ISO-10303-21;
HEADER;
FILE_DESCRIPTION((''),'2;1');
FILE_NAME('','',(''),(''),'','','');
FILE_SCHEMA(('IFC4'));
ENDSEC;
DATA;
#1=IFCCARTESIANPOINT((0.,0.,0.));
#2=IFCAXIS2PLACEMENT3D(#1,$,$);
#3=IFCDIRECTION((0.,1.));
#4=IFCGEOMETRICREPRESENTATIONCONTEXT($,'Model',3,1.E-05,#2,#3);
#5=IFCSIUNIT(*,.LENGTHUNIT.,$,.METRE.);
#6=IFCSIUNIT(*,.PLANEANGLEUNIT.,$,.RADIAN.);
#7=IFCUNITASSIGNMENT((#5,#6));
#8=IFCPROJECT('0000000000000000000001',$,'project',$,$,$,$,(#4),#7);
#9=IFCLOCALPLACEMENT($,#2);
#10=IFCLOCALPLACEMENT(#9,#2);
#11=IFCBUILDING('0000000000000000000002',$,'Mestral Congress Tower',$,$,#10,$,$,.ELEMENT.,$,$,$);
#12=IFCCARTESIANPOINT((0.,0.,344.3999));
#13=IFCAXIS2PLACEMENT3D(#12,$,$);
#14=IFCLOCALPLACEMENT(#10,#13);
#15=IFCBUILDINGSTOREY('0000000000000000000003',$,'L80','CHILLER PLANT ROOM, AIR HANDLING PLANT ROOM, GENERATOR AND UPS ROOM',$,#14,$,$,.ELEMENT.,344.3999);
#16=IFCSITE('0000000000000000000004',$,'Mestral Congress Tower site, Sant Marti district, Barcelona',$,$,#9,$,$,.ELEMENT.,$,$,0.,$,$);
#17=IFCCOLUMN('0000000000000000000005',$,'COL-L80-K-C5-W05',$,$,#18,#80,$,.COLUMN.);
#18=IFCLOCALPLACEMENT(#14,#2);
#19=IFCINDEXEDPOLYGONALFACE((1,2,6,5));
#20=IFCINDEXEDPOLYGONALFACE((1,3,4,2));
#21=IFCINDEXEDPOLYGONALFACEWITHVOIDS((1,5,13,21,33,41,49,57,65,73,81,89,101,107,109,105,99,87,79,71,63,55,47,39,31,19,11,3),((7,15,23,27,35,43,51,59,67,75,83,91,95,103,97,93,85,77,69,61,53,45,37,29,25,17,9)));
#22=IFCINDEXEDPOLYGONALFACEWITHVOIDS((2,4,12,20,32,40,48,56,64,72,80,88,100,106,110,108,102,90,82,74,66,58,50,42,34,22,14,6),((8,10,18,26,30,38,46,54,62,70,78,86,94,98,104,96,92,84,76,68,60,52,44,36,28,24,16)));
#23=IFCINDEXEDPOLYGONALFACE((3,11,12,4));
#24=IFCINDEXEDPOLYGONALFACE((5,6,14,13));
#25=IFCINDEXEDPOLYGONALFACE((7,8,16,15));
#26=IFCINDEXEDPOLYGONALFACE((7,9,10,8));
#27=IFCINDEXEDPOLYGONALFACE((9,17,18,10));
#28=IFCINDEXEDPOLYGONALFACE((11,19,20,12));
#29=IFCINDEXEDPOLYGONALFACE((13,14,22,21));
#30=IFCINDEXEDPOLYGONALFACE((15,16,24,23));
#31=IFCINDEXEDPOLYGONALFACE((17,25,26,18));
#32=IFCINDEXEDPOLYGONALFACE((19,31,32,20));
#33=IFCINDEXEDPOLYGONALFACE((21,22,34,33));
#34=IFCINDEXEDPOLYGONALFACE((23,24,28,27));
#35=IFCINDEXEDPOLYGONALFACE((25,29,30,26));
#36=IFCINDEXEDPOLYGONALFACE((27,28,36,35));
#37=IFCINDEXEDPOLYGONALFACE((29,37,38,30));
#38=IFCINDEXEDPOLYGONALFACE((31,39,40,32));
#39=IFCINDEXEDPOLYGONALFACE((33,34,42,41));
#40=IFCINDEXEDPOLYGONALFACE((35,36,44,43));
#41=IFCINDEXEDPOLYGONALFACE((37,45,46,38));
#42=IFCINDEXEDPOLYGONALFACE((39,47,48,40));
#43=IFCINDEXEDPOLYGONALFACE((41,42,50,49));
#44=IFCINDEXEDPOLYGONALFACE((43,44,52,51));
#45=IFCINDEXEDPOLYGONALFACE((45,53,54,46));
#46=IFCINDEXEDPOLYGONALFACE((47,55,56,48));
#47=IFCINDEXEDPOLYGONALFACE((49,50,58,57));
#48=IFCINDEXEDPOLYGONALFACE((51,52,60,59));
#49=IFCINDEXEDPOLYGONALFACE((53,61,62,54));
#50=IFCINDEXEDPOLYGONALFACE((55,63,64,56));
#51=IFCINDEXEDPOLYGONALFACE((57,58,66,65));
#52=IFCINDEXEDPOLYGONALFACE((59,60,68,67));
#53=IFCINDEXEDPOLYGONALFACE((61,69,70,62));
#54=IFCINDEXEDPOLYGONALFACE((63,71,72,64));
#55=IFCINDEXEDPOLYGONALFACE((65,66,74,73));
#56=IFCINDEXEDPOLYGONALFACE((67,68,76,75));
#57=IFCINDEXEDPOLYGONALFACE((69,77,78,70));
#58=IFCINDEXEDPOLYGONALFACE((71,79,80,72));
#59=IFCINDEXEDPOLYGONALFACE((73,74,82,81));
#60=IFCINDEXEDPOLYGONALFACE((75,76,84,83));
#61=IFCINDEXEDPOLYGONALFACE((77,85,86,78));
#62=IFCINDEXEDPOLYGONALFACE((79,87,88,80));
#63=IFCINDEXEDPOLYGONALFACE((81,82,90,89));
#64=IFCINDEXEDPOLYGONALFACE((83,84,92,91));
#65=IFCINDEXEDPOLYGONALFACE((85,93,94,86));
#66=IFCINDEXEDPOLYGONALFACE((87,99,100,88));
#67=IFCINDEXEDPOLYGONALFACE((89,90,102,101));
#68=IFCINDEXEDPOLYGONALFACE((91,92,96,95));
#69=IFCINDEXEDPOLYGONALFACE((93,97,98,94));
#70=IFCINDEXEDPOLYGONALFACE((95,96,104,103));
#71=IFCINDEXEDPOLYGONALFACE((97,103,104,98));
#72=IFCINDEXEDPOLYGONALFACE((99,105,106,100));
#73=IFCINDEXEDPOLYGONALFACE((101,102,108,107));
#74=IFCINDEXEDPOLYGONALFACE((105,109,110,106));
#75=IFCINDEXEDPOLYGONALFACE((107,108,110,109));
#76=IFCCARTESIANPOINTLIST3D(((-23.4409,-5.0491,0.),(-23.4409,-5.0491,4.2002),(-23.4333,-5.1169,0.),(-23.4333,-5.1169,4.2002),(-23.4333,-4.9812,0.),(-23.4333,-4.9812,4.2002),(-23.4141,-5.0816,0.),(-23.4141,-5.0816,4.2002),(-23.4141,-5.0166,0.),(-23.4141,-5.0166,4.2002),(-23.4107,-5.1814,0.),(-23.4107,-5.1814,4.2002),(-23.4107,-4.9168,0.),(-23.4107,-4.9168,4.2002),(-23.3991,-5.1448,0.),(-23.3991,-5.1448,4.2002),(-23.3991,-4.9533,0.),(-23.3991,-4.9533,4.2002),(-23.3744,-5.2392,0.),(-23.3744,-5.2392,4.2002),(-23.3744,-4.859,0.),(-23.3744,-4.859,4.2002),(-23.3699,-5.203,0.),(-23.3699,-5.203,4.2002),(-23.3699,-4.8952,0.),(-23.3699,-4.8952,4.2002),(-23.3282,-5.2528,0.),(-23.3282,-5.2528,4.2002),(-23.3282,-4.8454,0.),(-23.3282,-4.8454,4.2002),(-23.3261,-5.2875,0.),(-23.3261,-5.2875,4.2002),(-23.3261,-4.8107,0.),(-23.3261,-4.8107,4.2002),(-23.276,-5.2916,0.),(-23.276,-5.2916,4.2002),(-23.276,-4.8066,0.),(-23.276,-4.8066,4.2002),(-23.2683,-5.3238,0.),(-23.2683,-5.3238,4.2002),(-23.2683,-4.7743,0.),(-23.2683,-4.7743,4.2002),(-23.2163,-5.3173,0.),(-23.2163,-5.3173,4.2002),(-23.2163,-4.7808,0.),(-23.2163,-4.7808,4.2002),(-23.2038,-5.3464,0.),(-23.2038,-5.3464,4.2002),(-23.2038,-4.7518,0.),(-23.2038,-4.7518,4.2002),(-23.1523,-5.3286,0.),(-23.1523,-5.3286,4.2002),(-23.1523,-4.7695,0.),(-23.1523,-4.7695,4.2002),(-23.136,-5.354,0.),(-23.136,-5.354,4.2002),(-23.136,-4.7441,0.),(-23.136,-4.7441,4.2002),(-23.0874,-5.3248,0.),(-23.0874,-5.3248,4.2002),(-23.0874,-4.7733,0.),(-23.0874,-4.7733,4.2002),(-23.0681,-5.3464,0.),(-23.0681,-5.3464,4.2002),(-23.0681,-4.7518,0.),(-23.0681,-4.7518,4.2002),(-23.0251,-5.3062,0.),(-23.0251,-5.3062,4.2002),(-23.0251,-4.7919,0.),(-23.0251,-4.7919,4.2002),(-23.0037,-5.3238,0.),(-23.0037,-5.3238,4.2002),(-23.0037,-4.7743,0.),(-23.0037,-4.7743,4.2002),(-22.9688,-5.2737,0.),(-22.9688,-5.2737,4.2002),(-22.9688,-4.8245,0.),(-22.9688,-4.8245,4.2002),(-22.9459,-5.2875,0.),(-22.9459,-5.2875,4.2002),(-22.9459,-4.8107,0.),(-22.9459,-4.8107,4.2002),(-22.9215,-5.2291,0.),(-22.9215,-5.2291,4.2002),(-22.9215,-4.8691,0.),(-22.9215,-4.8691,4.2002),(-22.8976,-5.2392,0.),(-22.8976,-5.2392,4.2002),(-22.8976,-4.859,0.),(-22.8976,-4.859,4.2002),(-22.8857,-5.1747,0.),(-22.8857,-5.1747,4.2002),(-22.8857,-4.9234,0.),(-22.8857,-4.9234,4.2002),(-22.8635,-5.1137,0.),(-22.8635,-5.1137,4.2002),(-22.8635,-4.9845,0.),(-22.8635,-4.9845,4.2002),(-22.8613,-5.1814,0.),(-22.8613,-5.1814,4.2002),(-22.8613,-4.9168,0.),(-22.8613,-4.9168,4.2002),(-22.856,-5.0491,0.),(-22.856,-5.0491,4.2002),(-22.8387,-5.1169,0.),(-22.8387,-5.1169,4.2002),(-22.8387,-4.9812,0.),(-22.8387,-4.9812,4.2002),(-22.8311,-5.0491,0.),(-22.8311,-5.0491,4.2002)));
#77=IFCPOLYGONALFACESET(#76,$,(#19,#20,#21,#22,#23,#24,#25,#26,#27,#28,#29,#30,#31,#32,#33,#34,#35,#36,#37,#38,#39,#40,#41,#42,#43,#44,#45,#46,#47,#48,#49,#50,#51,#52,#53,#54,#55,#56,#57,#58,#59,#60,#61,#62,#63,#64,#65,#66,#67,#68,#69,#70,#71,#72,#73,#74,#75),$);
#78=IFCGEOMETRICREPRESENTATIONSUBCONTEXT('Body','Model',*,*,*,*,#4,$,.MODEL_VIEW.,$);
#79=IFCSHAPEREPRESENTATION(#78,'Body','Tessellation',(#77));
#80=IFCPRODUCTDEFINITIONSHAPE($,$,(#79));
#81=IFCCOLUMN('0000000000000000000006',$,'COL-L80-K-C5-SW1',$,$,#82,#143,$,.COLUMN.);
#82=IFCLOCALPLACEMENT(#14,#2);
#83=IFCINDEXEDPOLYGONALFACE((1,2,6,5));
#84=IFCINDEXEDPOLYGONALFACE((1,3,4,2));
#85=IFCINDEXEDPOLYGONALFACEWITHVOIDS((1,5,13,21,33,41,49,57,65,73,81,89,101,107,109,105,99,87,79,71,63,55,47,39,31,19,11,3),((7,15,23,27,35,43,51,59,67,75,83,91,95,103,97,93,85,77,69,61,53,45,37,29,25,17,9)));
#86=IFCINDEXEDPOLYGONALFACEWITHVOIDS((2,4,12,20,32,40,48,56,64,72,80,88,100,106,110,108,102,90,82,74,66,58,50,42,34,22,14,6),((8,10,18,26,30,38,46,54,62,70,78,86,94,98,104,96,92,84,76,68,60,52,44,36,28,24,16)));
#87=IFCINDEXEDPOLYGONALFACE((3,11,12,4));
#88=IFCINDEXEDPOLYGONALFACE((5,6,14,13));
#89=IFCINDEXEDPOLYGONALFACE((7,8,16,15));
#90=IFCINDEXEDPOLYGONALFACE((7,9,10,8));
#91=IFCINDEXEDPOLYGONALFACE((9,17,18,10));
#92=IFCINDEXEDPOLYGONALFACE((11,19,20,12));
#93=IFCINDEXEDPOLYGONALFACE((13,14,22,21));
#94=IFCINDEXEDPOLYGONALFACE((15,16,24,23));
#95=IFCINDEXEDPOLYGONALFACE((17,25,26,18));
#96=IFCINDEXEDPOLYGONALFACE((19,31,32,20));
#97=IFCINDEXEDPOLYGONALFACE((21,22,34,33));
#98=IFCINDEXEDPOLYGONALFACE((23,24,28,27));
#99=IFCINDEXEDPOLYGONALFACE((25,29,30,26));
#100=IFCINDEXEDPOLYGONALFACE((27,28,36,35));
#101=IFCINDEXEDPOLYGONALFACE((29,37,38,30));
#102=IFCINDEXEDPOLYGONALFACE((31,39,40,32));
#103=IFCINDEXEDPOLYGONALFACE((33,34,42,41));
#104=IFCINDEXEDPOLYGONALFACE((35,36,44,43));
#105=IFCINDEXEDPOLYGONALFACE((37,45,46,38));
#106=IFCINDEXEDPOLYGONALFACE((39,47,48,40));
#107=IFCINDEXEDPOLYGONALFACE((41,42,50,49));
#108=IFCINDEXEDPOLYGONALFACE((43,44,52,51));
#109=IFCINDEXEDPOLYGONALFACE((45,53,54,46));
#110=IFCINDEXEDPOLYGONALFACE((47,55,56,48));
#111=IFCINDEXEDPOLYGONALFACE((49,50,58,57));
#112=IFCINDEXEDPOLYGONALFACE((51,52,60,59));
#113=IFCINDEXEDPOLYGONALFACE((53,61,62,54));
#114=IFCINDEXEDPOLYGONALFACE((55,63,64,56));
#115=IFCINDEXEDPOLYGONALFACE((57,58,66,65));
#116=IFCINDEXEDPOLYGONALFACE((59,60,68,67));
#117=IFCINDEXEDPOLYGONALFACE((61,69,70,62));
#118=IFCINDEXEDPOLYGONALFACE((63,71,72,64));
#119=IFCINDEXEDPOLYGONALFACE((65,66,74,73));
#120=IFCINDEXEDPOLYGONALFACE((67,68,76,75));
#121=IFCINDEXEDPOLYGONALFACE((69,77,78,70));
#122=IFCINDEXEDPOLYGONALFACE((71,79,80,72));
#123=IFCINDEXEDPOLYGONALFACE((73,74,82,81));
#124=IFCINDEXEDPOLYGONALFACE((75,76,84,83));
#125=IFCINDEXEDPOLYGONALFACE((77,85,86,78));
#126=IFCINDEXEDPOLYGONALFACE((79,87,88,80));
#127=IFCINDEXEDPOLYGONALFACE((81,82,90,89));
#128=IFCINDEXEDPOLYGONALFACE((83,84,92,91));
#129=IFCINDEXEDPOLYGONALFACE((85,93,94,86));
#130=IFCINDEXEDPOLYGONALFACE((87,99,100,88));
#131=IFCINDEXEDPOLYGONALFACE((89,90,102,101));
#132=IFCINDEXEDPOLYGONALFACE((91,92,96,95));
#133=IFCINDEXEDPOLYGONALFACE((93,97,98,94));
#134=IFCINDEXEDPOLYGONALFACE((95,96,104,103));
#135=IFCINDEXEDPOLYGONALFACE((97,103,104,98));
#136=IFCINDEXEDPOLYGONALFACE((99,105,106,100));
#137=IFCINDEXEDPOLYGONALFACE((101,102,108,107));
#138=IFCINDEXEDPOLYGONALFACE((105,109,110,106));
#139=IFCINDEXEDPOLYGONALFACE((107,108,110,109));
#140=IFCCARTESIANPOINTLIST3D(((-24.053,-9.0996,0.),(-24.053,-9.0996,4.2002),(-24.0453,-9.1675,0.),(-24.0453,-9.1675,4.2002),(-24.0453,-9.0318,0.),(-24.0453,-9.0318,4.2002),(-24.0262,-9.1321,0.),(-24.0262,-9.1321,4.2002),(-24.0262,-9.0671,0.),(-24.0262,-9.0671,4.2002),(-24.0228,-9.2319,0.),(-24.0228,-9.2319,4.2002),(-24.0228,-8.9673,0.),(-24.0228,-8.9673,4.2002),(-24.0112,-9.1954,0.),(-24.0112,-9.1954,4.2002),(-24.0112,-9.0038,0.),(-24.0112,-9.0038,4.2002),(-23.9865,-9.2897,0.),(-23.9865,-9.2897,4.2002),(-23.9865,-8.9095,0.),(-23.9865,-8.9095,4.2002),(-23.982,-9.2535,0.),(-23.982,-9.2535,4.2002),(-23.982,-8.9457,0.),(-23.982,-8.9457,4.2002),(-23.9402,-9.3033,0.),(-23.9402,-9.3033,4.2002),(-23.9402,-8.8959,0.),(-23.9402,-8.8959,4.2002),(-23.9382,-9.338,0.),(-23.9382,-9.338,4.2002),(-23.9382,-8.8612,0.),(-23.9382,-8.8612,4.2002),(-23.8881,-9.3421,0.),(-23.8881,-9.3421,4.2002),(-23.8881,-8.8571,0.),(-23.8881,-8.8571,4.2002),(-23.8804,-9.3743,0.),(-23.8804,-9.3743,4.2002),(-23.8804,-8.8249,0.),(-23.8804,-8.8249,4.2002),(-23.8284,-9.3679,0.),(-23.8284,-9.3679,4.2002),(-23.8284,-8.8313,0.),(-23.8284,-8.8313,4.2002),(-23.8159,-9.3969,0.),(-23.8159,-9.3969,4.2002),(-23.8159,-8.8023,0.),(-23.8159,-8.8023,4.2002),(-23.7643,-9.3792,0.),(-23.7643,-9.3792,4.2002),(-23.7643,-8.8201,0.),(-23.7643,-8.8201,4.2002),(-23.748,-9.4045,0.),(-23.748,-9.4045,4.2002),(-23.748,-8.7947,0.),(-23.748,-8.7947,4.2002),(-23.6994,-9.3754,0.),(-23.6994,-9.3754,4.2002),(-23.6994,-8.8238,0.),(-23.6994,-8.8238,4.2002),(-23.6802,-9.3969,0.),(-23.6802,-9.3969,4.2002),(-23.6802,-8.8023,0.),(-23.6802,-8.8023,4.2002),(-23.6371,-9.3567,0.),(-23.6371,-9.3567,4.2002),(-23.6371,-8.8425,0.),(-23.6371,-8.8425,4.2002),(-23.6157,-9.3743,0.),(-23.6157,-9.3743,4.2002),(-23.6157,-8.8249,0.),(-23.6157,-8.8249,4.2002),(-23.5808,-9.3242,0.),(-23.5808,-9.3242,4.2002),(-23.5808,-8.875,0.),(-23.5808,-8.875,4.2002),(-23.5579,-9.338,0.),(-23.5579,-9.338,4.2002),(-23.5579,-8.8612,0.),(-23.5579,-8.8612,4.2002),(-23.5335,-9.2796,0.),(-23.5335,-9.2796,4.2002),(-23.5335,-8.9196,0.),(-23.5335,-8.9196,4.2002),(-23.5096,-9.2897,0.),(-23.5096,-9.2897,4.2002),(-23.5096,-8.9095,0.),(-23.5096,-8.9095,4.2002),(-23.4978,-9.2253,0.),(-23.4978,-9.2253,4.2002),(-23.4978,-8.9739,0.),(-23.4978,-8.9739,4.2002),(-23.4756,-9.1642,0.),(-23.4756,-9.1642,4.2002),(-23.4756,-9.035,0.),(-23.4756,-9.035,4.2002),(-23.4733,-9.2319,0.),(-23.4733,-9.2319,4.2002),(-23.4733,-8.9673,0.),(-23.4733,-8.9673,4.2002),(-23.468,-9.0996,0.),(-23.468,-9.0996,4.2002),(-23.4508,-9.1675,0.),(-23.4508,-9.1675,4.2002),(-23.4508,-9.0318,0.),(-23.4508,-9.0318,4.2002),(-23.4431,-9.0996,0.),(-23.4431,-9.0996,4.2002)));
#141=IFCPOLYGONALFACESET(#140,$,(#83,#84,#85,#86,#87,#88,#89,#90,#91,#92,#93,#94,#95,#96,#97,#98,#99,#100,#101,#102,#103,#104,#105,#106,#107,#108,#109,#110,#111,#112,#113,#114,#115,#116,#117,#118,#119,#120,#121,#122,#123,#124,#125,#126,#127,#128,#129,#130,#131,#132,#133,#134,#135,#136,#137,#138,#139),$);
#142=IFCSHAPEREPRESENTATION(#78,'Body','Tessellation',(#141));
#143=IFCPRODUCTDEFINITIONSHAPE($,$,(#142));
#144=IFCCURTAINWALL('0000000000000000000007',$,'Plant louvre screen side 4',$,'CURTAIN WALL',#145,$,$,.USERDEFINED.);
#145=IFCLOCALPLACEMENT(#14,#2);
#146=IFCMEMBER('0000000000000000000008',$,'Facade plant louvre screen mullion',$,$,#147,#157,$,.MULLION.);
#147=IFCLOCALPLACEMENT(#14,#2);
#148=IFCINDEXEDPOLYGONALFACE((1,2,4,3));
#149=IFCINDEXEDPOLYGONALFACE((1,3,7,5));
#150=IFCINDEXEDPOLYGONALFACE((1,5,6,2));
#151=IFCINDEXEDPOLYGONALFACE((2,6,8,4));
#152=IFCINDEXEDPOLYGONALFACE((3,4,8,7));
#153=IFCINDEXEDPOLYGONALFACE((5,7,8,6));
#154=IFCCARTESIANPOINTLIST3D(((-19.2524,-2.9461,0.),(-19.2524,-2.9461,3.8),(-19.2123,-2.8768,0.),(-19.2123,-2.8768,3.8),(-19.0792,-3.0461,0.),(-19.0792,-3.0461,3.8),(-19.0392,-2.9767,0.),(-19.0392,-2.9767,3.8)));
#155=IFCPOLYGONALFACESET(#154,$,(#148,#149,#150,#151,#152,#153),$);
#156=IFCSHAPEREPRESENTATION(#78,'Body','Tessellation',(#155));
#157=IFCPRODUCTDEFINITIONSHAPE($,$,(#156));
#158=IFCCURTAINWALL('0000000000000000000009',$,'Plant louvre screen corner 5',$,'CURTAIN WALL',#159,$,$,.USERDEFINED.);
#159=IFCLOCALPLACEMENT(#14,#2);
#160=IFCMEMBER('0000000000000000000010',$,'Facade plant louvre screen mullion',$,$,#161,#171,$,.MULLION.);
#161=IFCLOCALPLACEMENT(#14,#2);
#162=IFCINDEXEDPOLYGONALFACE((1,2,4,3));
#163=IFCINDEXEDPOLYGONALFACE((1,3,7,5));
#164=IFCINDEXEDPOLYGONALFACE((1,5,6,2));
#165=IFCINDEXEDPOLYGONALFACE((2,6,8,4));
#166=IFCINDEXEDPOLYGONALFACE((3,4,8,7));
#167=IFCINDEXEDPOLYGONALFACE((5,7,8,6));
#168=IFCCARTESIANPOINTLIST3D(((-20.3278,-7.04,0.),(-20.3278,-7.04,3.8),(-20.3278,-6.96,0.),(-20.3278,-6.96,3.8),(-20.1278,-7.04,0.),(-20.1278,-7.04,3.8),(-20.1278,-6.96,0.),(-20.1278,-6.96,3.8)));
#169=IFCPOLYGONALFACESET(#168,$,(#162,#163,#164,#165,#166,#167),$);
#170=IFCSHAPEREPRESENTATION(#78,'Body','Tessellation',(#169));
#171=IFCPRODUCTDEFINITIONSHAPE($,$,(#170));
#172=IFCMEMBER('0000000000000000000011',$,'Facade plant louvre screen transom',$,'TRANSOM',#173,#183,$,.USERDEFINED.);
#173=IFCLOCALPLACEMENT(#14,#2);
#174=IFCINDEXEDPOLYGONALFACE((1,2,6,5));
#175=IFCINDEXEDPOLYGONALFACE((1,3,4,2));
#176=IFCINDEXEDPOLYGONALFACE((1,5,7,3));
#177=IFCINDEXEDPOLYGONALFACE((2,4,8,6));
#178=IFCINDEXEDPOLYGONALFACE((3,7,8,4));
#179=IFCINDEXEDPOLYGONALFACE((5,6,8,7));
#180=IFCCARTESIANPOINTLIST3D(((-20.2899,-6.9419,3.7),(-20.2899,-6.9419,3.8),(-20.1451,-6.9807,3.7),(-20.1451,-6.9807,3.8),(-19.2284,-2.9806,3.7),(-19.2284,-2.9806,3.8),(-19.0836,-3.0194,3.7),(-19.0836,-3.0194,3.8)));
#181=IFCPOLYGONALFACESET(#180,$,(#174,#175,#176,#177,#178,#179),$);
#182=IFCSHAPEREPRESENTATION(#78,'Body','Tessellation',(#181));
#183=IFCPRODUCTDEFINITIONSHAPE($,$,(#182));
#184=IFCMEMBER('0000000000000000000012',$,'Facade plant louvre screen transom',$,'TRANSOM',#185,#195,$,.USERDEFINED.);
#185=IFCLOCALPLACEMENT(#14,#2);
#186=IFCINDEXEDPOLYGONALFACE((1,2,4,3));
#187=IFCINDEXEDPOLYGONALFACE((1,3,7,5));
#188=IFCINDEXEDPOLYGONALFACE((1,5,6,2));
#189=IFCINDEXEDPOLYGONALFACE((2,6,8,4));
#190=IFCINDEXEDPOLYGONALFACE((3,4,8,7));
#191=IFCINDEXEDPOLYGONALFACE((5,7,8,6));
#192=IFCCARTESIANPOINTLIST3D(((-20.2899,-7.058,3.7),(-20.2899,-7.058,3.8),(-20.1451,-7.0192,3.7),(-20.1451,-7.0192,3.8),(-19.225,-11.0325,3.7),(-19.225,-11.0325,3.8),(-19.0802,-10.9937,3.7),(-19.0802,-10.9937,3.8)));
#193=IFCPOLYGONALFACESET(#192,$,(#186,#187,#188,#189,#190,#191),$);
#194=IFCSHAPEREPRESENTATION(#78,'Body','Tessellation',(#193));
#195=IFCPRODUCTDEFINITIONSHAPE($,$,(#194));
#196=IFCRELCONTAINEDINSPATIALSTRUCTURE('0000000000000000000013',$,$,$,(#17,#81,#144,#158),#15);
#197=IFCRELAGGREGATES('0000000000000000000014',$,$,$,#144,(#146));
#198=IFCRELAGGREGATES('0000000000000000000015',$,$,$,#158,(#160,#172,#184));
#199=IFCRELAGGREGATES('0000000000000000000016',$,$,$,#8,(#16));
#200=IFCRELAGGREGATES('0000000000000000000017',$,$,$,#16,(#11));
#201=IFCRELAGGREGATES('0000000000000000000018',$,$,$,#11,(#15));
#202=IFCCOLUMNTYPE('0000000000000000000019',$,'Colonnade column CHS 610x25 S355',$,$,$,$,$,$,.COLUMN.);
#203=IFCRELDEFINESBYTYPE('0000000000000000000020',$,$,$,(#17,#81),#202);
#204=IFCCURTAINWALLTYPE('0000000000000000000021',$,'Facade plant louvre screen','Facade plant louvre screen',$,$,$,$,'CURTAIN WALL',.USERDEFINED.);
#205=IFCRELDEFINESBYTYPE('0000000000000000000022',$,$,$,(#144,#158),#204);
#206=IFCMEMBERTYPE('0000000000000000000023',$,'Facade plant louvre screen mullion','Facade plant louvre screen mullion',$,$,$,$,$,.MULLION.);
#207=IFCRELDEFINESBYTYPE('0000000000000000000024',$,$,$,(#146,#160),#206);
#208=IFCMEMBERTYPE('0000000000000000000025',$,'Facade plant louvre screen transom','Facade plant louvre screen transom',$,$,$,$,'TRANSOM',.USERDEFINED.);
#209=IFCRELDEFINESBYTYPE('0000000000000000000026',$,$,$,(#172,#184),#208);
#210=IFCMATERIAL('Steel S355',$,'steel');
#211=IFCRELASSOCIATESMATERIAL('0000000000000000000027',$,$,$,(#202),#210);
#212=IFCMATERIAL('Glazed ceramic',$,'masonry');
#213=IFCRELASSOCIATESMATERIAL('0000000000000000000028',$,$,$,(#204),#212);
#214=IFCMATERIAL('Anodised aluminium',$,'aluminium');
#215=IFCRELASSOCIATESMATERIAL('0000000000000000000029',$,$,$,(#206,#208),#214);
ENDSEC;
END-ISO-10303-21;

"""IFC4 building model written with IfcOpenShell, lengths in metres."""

from ifc_helpers import new_model, si_unit, direction, frame, origin, origin_2d, place, context, subcontext, project, spatial, rectangle, hollow_circle, extrude, material, material_profile, profile_set, type_object, element, aggregate, save


model = new_model("IFC4")

# Units and contexts
model_context = context("Model", 3, precision=1e-05, world=origin(), true_north=direction((0.0, 1.0)))
body_context = subcontext(model_context, "Body", "Model", "MODEL_VIEW")
ifc_project = project(units=[si_unit("LENGTHUNIT", "METRE"), si_unit("PLANEANGLEUNIT", "RADIAN")], contexts=[model_context])

# Site, building, storey
site_placement = place(None, origin())
site = spatial("IfcSite", under=ifc_project, at=site_placement, Name="Mestral Congress Tower site, Sant Marti district, Barcelona", CompositionType="ELEMENT", RefElevation=0.0)
building_placement = place(site_placement, origin())
building = spatial("IfcBuilding", under=site, at=building_placement, Name="Mestral Congress Tower", CompositionType="ELEMENT")
storey_placement = place(building_placement, frame((0.0, 0.0, 344.3999)))
storey = spatial("IfcBuildingStorey", under=building, at=storey_placement, Name="L80", Description="CHILLER PLANT ROOM, AIR HANDLING PLANT ROOM, GENERATOR AND UPS ROOM", CompositionType="ELEMENT", Elevation=344.3999)

# Columns
ifc_material_1 = material(Name="Steel S355", Category="steel")
ifc_material_profile_1 = material_profile(ifc_material_1, hollow_circle(Radius=0.3049, WallThickness=0.0249, at=origin_2d()), Name="CHS 610x25")
ifc_profile_set_1 = profile_set([ifc_material_profile_1], Name="Steel S355")
column_type = type_object("IfcColumnType", Name="Colonnade column CHS 610x25 S355", PredefinedType="COLUMN", material=ifc_profile_set_1)
for number, where, z_axis, x_axis, name in (
    (1, (-23.136, -5.0491, 0.0), (0.0, 0.0, 1.0), (1.0, 0.0, 0.0), "COL-L80-K-C5-W05"),
    (2, (-23.748, -9.0996, 0.0), (0.0, 0.0, 1.0), (1.0, 0.0, 0.0), "COL-L80-K-C5-SW1"),
):
    element("IfcColumn", number, at=place(storey_placement, frame(where, z_axis=z_axis, x_axis=x_axis)), inside=storey, type_object=column_type, Name=name, PredefinedType="COLUMN", context=body_context, shape_type="SweptSolid", body=[
        extrude(hollow_circle(Radius=0.3049, WallThickness=0.0249, at=origin_2d()), origin(), (0.0, 0.0, 1.0), 4.2002),
    ])

# Curtain wall, member
ifc_material_2 = material(Name="Glazed ceramic", Category="masonry")
curtain_wall_type = type_object("IfcCurtainWallType", Name="Facade plant louvre screen", Description="Facade plant louvre screen", ElementType="CURTAIN WALL", PredefinedType="USERDEFINED", material=ifc_material_2)
placement = place(storey_placement, origin())
curtain_wall_1 = element("IfcCurtainWall", 3, at=placement, inside=storey, type_object=curtain_wall_type, Name="Plant louvre screen side 4", ObjectType="CURTAIN WALL", PredefinedType="USERDEFINED")
ifc_material_3 = material(Name="Anodised aluminium", Category="aluminium")
ifc_material_profile_2 = material_profile(ifc_material_3, rectangle(XDim=0.2, YDim=0.0801, at=origin_2d()), Name="CW6 mullion 200 x 80")
ifc_profile_set_2 = profile_set([ifc_material_profile_2], Name="Anodised aluminium")
member_type_1 = type_object("IfcMemberType", Name="Facade plant louvre screen mullion", Description="Facade plant louvre screen mullion", PredefinedType="MULLION", material=ifc_profile_set_2)
member_1_placement = place(storey_placement, frame((-19.1458, -2.9614, 0.0), z_axis=(0.0, 0.0, 1.0), x_axis=(-0.866025, 0.500002, 0.0)))
member_1 = element("IfcMember", 4, at=member_1_placement, type_object=member_type_1, Name="Facade plant louvre screen mullion", PredefinedType="MULLION", context=body_context, shape_type="SweptSolid", body=[
    extrude(rectangle(XDim=0.2, YDim=0.0801, at=origin_2d()), origin(), (0.0, 0.0, 1.0), 3.8),
])

# Curtain wall, members
curtain_wall_2 = element("IfcCurtainWall", 5, at=placement, inside=storey, type_object=curtain_wall_type, Name="Plant louvre screen corner 5", ObjectType="CURTAIN WALL", PredefinedType="USERDEFINED")
member_2_placement = place(storey_placement, frame((-20.2278, -7.0, 0.0), z_axis=(0.0, 0.0, 1.0), x_axis=(-1.0, 0.0, 0.0)))
member_2 = element("IfcMember", 6, at=member_2_placement, type_object=member_type_1, Name="Facade plant louvre screen mullion", PredefinedType="MULLION", context=body_context, shape_type="SweptSolid", body=[
    extrude(rectangle(XDim=0.2, YDim=0.0801, at=origin_2d()), origin(), (0.0, 0.0, 1.0), 3.8),
])
ifc_material_profile_3 = material_profile(ifc_material_3, rectangle(XDim=0.1499, YDim=0.1001, at=origin_2d()), Name="CW6 transom 150 x 100")
ifc_profile_set_3 = profile_set([ifc_material_profile_3], Name="Anodised aluminium")
member_type_2 = type_object("IfcMemberType", Name="Facade plant louvre screen transom", Description="Facade plant louvre screen transom", ElementType="TRANSOM", PredefinedType="USERDEFINED", material=ifc_profile_set_3)
member_3_placement = place(storey_placement, frame((-19.156, -3.0, 3.75), z_axis=(-0.258833, -0.965922, 0.0), x_axis=(0.965922, -0.258833, 0.0)))
member_3 = element("IfcMember", 7, at=member_3_placement, type_object=member_type_2, Name="Facade plant louvre screen transom", ObjectType="TRANSOM", PredefinedType="USERDEFINED", context=body_context, shape_type="SweptSolid", body=[
    extrude(rectangle(XDim=0.1499, YDim=0.1001, at=origin_2d()), origin(), (0.0, 0.0, 1.0), 4.1011),
])
member_4_placement = place(storey_placement, frame((-20.2175, -7.0386, 3.75), z_axis=(0.258807, -0.965929, 0.0), x_axis=(0.965929, 0.258807, 0.0)))
member_4 = element("IfcMember", 8, at=member_4_placement, type_object=member_type_2, Name="Facade plant louvre screen transom", ObjectType="TRANSOM", PredefinedType="USERDEFINED", context=body_context, shape_type="SweptSolid", body=[
    extrude(rectangle(XDim=0.1499, YDim=0.1001, at=origin_2d()), origin(), (0.0, 0.0, 1.0), 4.1147),
])

aggregate(curtain_wall_1, [member_1])
aggregate(curtain_wall_2, [member_2, member_3, member_4])

save(model, "model.ifc")
